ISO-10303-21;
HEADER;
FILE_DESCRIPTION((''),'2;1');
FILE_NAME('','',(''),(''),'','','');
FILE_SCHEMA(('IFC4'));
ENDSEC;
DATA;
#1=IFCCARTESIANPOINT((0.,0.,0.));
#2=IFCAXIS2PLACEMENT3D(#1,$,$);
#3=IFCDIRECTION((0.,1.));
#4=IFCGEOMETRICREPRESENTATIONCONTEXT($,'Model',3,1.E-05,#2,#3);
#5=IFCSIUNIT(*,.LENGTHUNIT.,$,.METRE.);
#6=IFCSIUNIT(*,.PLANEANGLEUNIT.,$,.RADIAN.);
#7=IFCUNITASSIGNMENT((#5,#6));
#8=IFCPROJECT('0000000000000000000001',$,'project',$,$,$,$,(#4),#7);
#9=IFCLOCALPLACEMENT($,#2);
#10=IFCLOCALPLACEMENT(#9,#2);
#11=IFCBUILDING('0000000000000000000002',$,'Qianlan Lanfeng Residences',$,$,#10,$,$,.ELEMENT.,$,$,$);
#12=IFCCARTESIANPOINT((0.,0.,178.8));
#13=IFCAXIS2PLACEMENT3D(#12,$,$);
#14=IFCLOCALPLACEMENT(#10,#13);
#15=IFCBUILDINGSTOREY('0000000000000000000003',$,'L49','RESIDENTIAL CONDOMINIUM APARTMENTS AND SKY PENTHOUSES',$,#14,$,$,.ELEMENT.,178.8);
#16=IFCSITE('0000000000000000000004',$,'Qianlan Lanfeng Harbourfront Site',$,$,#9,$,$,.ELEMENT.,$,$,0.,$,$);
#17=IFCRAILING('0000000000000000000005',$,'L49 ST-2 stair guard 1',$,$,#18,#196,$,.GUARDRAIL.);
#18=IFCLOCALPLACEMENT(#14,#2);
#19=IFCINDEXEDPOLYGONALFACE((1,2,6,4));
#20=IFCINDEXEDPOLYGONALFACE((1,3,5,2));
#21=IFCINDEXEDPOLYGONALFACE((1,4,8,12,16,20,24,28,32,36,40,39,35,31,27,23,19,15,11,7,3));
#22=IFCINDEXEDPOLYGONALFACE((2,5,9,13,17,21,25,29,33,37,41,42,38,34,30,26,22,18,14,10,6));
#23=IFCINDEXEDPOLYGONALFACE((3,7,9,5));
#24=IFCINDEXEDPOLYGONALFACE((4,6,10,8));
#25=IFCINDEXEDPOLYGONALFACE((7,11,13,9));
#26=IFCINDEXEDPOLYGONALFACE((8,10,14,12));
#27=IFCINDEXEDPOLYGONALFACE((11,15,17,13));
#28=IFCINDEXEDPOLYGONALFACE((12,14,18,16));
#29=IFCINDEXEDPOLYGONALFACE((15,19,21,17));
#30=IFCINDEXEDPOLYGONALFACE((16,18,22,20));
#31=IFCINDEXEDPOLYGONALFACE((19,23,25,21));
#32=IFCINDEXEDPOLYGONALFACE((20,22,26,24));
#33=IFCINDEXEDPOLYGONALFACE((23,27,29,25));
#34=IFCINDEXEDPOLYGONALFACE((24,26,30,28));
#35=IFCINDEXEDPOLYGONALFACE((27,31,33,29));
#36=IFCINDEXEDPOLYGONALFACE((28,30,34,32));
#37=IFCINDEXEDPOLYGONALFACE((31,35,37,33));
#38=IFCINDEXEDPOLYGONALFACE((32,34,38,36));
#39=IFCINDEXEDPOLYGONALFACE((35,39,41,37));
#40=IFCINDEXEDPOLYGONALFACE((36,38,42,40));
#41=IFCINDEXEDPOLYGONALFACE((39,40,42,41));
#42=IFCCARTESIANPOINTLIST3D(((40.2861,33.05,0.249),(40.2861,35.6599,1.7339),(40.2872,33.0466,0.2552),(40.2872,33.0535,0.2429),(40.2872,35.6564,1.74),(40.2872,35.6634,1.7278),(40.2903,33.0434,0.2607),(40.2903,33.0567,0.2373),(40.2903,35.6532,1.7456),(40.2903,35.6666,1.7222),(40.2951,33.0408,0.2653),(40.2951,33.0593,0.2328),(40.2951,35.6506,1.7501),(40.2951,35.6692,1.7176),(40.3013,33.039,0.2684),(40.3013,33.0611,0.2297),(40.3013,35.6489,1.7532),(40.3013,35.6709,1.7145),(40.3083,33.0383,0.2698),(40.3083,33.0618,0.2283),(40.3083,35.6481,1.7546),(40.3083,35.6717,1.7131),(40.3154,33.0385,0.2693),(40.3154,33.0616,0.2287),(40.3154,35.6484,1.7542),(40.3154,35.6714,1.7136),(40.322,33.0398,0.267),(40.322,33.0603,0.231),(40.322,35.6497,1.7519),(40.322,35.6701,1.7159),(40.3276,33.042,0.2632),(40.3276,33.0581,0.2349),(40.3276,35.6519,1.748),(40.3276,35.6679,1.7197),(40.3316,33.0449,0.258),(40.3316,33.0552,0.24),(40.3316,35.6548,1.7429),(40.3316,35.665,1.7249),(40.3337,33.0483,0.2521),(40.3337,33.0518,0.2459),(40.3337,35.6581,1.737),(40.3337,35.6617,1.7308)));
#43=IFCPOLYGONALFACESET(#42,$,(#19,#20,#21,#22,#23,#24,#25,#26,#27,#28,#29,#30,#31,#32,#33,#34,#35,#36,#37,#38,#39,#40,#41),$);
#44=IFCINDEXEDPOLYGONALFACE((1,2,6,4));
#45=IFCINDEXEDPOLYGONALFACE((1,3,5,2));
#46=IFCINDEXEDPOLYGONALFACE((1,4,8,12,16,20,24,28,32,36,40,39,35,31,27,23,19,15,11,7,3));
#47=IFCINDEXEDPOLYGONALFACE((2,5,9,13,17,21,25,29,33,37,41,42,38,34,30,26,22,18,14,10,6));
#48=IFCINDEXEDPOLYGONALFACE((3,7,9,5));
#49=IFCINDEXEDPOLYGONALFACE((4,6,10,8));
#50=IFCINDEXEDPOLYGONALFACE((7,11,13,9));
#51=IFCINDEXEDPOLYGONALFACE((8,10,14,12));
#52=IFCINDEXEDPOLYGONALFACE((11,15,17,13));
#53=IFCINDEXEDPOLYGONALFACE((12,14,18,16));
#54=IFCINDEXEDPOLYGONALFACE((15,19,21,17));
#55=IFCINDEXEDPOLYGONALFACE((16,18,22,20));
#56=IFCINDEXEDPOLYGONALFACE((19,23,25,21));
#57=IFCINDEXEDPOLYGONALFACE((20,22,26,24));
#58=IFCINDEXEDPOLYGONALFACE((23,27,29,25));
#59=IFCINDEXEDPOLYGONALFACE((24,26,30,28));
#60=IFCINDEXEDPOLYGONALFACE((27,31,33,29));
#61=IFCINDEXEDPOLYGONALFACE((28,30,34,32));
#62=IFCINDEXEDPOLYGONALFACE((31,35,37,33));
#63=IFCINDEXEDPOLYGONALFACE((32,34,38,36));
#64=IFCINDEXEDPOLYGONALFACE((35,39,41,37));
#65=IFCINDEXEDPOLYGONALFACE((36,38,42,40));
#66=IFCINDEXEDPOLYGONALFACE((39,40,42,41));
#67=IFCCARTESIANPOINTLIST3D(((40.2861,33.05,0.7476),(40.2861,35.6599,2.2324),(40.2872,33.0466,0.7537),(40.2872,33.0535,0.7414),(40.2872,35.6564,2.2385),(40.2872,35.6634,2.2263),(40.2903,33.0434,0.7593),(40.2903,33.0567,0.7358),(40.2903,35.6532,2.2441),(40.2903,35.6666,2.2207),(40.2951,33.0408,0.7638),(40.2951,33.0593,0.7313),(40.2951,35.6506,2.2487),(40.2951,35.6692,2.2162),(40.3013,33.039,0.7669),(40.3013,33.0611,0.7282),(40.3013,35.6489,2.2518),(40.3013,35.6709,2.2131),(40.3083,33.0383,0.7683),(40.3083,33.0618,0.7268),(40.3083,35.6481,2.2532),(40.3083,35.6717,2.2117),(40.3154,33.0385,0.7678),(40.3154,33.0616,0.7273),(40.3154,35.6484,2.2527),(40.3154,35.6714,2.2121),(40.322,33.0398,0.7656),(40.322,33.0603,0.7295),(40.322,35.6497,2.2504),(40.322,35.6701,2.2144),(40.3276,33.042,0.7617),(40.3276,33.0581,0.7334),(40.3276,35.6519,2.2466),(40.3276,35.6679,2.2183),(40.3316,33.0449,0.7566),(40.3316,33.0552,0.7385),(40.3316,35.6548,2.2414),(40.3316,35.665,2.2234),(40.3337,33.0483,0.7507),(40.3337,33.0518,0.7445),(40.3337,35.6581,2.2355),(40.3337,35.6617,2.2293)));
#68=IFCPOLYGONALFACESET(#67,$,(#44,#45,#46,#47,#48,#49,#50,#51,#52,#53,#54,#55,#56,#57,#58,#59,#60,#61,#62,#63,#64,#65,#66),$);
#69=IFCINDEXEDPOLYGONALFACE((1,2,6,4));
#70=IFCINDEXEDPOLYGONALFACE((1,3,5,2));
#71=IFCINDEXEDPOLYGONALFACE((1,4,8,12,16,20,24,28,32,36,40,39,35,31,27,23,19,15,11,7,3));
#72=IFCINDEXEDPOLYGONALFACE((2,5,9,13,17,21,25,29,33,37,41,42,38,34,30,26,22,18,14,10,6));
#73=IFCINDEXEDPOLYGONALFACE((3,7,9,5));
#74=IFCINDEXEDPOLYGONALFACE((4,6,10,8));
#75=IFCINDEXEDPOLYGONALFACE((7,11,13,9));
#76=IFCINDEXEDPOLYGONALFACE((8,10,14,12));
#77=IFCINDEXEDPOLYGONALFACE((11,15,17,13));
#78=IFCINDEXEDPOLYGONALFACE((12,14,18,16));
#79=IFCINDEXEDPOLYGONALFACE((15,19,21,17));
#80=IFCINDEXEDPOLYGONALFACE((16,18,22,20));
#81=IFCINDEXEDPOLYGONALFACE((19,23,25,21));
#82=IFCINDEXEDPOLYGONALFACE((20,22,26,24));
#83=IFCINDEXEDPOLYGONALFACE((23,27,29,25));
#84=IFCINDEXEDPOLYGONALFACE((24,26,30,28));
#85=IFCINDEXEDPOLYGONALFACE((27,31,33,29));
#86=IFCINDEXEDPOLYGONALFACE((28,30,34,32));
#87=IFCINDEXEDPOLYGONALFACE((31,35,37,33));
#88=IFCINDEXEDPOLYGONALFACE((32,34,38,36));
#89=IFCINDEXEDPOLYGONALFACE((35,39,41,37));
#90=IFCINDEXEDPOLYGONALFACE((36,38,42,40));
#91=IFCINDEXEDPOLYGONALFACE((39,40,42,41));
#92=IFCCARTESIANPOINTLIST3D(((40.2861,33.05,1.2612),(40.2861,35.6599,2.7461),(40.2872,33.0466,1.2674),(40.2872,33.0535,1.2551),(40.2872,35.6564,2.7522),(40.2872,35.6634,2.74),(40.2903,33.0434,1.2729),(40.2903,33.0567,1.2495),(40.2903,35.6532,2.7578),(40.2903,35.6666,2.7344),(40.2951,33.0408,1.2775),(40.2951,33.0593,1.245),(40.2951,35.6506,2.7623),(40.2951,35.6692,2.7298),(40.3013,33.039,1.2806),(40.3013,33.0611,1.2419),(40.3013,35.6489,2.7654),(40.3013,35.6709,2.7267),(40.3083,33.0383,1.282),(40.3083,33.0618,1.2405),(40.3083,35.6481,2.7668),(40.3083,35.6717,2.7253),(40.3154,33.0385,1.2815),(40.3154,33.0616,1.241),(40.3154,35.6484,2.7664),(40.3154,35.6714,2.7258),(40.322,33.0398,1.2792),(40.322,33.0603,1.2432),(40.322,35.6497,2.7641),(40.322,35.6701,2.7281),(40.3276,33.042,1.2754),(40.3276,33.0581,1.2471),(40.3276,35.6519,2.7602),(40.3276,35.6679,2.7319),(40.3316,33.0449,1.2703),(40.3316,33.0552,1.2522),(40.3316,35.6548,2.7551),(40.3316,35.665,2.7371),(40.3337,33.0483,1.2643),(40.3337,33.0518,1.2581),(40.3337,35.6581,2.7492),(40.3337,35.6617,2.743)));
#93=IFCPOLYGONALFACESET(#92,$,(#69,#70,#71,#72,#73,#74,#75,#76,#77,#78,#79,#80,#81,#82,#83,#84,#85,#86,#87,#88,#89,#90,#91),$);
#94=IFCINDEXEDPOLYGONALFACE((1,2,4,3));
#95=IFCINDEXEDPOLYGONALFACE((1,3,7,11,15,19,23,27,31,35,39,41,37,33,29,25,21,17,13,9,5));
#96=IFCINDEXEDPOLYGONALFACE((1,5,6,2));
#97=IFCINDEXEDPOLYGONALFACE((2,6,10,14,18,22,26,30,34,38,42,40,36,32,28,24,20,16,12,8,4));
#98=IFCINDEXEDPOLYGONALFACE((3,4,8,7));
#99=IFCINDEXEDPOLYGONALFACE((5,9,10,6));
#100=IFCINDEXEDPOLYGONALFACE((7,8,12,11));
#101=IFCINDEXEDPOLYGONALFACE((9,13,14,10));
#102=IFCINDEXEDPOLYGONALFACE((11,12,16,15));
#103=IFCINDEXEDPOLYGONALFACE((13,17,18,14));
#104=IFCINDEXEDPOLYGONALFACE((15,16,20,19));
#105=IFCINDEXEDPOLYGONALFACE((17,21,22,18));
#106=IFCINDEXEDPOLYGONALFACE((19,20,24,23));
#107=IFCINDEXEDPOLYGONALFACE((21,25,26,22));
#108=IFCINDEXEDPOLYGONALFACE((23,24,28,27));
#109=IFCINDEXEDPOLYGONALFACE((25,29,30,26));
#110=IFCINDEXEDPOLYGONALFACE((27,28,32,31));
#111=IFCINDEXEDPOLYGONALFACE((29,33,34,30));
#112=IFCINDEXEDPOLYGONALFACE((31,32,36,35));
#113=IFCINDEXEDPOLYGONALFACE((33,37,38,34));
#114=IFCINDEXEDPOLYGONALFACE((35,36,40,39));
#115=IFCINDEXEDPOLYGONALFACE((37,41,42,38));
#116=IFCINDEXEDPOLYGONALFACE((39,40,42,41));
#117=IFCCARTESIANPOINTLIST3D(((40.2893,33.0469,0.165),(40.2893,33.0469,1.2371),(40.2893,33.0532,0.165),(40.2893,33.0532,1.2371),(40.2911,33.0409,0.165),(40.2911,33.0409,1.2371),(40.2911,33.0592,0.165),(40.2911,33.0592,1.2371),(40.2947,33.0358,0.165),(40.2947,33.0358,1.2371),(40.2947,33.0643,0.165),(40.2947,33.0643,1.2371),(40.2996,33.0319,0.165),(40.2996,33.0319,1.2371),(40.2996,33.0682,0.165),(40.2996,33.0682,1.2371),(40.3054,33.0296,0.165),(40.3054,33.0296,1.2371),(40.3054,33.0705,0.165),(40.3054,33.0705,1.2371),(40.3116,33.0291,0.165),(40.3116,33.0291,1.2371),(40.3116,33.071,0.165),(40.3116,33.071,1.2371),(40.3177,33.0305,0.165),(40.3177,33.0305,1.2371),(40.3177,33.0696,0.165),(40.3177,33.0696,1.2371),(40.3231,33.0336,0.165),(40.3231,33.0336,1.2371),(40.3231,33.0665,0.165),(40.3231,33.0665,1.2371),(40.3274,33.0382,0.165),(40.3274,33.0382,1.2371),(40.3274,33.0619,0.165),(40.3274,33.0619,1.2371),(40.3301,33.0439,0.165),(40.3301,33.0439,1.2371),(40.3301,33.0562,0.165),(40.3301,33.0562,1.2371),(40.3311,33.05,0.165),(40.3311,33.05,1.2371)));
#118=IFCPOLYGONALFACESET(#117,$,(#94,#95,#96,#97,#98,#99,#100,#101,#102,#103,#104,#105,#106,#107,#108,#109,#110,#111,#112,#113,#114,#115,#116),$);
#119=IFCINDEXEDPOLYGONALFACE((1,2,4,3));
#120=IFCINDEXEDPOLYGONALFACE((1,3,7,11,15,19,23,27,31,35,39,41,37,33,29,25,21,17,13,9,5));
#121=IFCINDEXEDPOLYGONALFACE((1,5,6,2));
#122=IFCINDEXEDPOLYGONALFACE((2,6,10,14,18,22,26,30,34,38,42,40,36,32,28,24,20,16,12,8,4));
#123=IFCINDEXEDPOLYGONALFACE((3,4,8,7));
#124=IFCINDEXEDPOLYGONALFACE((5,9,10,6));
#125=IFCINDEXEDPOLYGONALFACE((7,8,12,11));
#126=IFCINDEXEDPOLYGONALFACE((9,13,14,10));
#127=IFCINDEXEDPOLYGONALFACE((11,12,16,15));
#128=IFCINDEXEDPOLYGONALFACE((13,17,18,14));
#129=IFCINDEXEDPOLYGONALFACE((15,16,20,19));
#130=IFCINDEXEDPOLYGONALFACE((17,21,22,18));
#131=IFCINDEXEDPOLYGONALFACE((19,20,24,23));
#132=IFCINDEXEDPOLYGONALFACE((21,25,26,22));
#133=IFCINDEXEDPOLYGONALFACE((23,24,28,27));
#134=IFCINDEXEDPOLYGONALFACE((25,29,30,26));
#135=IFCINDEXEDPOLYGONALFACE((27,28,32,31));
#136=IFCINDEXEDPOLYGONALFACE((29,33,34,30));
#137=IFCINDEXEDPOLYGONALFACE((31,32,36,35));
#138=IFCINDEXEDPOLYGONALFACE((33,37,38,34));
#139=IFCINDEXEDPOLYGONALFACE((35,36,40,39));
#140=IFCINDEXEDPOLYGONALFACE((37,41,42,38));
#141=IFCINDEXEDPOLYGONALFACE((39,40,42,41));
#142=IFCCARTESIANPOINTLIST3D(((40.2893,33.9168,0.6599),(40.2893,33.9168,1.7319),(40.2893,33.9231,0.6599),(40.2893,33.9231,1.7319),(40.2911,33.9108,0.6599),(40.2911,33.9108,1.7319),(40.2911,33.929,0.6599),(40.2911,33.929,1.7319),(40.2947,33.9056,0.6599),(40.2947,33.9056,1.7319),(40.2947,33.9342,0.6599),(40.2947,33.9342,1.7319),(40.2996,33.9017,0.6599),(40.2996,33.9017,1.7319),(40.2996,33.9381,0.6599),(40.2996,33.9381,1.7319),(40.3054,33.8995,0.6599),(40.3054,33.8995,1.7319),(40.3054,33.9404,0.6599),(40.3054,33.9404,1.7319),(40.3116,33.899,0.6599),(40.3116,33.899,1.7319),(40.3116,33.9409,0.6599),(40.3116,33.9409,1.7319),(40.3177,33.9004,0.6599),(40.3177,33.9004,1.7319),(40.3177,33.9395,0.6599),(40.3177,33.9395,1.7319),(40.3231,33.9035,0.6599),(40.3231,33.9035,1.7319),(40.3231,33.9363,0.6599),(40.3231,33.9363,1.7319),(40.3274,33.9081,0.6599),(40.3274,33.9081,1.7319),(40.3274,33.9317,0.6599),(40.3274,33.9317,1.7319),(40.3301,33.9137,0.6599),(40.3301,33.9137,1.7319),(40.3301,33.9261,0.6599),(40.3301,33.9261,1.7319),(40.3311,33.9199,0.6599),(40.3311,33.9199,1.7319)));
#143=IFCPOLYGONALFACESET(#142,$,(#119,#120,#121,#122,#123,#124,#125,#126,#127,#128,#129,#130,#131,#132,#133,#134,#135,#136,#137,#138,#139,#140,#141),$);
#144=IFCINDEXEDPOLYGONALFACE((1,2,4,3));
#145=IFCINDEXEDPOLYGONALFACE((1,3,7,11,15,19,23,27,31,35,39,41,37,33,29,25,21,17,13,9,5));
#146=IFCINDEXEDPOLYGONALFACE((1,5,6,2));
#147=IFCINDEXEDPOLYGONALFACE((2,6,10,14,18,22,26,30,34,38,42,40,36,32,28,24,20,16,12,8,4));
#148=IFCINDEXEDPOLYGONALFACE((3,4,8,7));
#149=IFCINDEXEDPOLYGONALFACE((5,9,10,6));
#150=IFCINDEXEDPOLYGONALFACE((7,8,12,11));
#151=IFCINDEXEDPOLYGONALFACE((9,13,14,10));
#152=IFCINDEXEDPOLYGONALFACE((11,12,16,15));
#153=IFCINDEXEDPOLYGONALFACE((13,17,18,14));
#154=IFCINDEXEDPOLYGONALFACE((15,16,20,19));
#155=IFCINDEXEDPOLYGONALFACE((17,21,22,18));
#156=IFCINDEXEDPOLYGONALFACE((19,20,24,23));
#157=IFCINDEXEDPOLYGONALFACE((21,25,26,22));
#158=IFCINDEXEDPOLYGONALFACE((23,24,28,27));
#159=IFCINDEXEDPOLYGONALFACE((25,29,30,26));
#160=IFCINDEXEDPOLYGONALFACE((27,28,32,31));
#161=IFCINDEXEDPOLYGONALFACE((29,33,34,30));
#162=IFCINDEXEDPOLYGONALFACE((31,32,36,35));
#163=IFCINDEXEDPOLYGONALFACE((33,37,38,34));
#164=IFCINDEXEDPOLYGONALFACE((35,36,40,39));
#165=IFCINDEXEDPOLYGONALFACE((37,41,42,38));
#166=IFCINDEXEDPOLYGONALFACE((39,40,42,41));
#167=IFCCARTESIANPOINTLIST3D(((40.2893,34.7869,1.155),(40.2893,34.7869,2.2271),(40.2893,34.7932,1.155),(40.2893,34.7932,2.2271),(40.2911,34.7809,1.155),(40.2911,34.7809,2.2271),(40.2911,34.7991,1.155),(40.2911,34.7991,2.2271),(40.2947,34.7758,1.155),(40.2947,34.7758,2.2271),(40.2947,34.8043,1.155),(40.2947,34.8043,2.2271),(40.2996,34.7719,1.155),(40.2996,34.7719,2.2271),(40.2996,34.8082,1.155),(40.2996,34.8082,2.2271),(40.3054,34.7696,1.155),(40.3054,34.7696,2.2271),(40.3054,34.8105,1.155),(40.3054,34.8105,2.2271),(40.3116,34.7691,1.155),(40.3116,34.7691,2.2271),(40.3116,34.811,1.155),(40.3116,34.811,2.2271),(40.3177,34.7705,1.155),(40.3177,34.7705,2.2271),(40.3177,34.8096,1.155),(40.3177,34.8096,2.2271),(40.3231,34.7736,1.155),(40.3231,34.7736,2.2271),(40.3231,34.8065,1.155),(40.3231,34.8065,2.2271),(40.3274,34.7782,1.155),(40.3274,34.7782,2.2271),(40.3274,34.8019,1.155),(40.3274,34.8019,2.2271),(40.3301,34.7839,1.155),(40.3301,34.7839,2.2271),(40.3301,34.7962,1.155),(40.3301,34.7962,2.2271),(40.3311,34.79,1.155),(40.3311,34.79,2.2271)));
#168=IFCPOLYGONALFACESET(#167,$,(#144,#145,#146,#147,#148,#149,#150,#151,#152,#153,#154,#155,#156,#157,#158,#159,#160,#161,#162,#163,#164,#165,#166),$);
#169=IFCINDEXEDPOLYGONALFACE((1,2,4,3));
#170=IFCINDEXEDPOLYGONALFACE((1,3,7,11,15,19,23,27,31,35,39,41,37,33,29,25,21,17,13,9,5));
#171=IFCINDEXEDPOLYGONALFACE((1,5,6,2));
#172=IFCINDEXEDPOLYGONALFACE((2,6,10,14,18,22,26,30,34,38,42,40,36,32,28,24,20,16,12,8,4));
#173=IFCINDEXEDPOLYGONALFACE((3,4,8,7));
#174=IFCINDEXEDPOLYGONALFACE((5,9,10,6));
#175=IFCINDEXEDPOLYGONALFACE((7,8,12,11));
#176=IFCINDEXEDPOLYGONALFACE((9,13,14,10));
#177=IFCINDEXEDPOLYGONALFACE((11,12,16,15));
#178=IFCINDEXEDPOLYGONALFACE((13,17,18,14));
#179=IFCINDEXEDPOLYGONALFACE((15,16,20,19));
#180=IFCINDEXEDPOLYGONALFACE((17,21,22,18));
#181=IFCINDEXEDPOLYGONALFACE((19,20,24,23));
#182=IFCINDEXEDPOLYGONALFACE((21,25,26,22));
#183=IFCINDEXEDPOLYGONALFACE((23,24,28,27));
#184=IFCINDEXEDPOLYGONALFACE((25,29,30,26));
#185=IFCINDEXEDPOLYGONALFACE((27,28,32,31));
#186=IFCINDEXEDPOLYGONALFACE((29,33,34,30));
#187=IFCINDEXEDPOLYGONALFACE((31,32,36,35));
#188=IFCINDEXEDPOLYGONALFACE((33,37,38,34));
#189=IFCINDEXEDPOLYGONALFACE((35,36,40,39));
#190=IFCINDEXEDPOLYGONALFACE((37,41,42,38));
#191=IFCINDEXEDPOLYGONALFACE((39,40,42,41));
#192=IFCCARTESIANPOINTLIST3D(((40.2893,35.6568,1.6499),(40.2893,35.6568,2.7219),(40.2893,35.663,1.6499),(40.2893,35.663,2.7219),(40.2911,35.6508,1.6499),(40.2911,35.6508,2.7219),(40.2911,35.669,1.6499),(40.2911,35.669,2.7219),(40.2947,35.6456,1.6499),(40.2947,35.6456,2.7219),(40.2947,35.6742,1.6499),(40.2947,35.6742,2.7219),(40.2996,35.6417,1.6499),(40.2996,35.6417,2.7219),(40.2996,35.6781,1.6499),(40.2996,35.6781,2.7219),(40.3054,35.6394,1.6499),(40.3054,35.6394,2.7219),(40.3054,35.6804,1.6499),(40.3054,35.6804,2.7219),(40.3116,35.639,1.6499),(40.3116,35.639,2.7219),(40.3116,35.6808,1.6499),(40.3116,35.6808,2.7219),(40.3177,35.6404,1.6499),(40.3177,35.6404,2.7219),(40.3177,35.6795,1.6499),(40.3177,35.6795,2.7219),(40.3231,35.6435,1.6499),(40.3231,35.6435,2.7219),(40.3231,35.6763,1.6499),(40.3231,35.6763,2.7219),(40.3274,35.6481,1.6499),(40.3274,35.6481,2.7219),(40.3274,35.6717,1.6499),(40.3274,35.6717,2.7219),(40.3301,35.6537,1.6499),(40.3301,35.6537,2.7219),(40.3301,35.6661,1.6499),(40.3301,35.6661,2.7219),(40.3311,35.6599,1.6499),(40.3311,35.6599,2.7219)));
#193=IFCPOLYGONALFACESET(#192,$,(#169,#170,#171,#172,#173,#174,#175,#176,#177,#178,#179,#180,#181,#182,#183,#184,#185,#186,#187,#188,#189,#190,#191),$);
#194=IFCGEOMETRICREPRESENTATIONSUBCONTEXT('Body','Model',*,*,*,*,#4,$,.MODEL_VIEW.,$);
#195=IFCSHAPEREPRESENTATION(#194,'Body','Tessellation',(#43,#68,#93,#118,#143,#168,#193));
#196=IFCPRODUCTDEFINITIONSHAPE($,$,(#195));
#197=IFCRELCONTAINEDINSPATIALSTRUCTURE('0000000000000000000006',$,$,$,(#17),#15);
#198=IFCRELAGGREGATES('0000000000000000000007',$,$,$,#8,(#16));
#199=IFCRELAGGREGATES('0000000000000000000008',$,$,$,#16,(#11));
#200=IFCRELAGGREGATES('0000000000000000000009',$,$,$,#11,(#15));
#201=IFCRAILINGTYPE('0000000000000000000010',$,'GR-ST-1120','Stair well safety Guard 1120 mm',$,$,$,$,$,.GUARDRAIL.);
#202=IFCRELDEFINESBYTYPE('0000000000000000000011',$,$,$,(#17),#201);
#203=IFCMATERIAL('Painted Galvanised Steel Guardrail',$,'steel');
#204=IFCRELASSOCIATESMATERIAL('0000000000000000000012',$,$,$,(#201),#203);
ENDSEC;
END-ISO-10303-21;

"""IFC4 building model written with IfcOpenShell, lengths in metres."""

from ifc_helpers import new_model, si_unit, direction, frame, origin, origin_2d, place, context, subcontext, project, spatial, circle, extrude, material, type_object, element, save


model = new_model("IFC4")

# Units and contexts
model_context = context("Model", 3, precision=1e-05, world=origin(), true_north=direction((0.0, 1.0)))
body_context = subcontext(model_context, "Body", "Model", "MODEL_VIEW")
ifc_project = project(units=[si_unit("LENGTHUNIT", "METRE"), si_unit("PLANEANGLEUNIT", "RADIAN")], contexts=[model_context])

# Site, building, storey
site_placement = place(None, origin())
site = spatial("IfcSite", under=ifc_project, at=site_placement, Name="Qianlan Lanfeng Harbourfront Site", CompositionType="ELEMENT", RefElevation=0.0)
building_placement = place(site_placement, origin())
building = spatial("IfcBuilding", under=site, at=building_placement, Name="Qianlan Lanfeng Residences", CompositionType="ELEMENT")
storey_placement = place(building_placement, frame((0.0, 0.0, 178.8)))
storey = spatial("IfcBuildingStorey", under=building, at=storey_placement, Name="L49", Description="RESIDENTIAL CONDOMINIUM APARTMENTS AND SKY PENTHOUSES", CompositionType="ELEMENT", Elevation=178.8)

# Railing
ifc_material_1 = material(Name="Painted Galvanised Steel Guardrail", Category="steel")
railing_type_1 = type_object("IfcRailingType", Name="GR-ST-1120", Description="Stair well safety Guard 1120 mm", PredefinedType="GUARDRAIL", material=ifc_material_1)
railing_1_placement = place(storey_placement, frame((40.3101, 33.05, 0.165)))
element("IfcRailing", 1, at=railing_1_placement, inside=storey, type_object=railing_type_1, Name="L49 ST-2 stair guard 1", PredefinedType="GUARDRAIL", context=body_context, shape_type="SweptSolid", body=[
    extrude(circle(Radius=0.0239, at=origin_2d()), frame((0.0, 0.0, 0.084), z_axis=(0.0, 0.869172, 0.494509), x_axis=(-1.0, 0.0, 0.0)), (0.0, 0.0, 1.0), 3.0027),
    extrude(circle(Radius=0.0239, at=origin_2d()), frame((0.0, 0.0, 0.5825), z_axis=(0.0, 0.869172, 0.494509), x_axis=(-1.0, 0.0, 0.0)), (0.0, 0.0, 1.0), 3.0027),
    extrude(circle(Radius=0.0239, at=origin_2d()), frame((0.0, 0.0, 1.0962), z_axis=(0.0, 0.869172, 0.494509), x_axis=(-1.0, 0.0, 0.0)), (0.0, 0.0, 1.0), 3.0027),
    extrude(circle(Radius=0.021, at=origin_2d()), origin(), (0.0, 0.0, 1.0), 1.072),
    extrude(circle(Radius=0.021, at=origin_2d()), frame((0.0, 0.8699, 0.4949)), (0.0, 0.0, 1.0), 1.072),
    extrude(circle(Radius=0.021, at=origin_2d()), frame((0.0, 1.74, 0.99)), (0.0, 0.0, 1.0), 1.072),
    extrude(circle(Radius=0.021, at=origin_2d()), frame((0.0, 2.6099, 1.4849)), (0.0, 0.0, 1.0), 1.072),
])

save(model, "model.ifc")
